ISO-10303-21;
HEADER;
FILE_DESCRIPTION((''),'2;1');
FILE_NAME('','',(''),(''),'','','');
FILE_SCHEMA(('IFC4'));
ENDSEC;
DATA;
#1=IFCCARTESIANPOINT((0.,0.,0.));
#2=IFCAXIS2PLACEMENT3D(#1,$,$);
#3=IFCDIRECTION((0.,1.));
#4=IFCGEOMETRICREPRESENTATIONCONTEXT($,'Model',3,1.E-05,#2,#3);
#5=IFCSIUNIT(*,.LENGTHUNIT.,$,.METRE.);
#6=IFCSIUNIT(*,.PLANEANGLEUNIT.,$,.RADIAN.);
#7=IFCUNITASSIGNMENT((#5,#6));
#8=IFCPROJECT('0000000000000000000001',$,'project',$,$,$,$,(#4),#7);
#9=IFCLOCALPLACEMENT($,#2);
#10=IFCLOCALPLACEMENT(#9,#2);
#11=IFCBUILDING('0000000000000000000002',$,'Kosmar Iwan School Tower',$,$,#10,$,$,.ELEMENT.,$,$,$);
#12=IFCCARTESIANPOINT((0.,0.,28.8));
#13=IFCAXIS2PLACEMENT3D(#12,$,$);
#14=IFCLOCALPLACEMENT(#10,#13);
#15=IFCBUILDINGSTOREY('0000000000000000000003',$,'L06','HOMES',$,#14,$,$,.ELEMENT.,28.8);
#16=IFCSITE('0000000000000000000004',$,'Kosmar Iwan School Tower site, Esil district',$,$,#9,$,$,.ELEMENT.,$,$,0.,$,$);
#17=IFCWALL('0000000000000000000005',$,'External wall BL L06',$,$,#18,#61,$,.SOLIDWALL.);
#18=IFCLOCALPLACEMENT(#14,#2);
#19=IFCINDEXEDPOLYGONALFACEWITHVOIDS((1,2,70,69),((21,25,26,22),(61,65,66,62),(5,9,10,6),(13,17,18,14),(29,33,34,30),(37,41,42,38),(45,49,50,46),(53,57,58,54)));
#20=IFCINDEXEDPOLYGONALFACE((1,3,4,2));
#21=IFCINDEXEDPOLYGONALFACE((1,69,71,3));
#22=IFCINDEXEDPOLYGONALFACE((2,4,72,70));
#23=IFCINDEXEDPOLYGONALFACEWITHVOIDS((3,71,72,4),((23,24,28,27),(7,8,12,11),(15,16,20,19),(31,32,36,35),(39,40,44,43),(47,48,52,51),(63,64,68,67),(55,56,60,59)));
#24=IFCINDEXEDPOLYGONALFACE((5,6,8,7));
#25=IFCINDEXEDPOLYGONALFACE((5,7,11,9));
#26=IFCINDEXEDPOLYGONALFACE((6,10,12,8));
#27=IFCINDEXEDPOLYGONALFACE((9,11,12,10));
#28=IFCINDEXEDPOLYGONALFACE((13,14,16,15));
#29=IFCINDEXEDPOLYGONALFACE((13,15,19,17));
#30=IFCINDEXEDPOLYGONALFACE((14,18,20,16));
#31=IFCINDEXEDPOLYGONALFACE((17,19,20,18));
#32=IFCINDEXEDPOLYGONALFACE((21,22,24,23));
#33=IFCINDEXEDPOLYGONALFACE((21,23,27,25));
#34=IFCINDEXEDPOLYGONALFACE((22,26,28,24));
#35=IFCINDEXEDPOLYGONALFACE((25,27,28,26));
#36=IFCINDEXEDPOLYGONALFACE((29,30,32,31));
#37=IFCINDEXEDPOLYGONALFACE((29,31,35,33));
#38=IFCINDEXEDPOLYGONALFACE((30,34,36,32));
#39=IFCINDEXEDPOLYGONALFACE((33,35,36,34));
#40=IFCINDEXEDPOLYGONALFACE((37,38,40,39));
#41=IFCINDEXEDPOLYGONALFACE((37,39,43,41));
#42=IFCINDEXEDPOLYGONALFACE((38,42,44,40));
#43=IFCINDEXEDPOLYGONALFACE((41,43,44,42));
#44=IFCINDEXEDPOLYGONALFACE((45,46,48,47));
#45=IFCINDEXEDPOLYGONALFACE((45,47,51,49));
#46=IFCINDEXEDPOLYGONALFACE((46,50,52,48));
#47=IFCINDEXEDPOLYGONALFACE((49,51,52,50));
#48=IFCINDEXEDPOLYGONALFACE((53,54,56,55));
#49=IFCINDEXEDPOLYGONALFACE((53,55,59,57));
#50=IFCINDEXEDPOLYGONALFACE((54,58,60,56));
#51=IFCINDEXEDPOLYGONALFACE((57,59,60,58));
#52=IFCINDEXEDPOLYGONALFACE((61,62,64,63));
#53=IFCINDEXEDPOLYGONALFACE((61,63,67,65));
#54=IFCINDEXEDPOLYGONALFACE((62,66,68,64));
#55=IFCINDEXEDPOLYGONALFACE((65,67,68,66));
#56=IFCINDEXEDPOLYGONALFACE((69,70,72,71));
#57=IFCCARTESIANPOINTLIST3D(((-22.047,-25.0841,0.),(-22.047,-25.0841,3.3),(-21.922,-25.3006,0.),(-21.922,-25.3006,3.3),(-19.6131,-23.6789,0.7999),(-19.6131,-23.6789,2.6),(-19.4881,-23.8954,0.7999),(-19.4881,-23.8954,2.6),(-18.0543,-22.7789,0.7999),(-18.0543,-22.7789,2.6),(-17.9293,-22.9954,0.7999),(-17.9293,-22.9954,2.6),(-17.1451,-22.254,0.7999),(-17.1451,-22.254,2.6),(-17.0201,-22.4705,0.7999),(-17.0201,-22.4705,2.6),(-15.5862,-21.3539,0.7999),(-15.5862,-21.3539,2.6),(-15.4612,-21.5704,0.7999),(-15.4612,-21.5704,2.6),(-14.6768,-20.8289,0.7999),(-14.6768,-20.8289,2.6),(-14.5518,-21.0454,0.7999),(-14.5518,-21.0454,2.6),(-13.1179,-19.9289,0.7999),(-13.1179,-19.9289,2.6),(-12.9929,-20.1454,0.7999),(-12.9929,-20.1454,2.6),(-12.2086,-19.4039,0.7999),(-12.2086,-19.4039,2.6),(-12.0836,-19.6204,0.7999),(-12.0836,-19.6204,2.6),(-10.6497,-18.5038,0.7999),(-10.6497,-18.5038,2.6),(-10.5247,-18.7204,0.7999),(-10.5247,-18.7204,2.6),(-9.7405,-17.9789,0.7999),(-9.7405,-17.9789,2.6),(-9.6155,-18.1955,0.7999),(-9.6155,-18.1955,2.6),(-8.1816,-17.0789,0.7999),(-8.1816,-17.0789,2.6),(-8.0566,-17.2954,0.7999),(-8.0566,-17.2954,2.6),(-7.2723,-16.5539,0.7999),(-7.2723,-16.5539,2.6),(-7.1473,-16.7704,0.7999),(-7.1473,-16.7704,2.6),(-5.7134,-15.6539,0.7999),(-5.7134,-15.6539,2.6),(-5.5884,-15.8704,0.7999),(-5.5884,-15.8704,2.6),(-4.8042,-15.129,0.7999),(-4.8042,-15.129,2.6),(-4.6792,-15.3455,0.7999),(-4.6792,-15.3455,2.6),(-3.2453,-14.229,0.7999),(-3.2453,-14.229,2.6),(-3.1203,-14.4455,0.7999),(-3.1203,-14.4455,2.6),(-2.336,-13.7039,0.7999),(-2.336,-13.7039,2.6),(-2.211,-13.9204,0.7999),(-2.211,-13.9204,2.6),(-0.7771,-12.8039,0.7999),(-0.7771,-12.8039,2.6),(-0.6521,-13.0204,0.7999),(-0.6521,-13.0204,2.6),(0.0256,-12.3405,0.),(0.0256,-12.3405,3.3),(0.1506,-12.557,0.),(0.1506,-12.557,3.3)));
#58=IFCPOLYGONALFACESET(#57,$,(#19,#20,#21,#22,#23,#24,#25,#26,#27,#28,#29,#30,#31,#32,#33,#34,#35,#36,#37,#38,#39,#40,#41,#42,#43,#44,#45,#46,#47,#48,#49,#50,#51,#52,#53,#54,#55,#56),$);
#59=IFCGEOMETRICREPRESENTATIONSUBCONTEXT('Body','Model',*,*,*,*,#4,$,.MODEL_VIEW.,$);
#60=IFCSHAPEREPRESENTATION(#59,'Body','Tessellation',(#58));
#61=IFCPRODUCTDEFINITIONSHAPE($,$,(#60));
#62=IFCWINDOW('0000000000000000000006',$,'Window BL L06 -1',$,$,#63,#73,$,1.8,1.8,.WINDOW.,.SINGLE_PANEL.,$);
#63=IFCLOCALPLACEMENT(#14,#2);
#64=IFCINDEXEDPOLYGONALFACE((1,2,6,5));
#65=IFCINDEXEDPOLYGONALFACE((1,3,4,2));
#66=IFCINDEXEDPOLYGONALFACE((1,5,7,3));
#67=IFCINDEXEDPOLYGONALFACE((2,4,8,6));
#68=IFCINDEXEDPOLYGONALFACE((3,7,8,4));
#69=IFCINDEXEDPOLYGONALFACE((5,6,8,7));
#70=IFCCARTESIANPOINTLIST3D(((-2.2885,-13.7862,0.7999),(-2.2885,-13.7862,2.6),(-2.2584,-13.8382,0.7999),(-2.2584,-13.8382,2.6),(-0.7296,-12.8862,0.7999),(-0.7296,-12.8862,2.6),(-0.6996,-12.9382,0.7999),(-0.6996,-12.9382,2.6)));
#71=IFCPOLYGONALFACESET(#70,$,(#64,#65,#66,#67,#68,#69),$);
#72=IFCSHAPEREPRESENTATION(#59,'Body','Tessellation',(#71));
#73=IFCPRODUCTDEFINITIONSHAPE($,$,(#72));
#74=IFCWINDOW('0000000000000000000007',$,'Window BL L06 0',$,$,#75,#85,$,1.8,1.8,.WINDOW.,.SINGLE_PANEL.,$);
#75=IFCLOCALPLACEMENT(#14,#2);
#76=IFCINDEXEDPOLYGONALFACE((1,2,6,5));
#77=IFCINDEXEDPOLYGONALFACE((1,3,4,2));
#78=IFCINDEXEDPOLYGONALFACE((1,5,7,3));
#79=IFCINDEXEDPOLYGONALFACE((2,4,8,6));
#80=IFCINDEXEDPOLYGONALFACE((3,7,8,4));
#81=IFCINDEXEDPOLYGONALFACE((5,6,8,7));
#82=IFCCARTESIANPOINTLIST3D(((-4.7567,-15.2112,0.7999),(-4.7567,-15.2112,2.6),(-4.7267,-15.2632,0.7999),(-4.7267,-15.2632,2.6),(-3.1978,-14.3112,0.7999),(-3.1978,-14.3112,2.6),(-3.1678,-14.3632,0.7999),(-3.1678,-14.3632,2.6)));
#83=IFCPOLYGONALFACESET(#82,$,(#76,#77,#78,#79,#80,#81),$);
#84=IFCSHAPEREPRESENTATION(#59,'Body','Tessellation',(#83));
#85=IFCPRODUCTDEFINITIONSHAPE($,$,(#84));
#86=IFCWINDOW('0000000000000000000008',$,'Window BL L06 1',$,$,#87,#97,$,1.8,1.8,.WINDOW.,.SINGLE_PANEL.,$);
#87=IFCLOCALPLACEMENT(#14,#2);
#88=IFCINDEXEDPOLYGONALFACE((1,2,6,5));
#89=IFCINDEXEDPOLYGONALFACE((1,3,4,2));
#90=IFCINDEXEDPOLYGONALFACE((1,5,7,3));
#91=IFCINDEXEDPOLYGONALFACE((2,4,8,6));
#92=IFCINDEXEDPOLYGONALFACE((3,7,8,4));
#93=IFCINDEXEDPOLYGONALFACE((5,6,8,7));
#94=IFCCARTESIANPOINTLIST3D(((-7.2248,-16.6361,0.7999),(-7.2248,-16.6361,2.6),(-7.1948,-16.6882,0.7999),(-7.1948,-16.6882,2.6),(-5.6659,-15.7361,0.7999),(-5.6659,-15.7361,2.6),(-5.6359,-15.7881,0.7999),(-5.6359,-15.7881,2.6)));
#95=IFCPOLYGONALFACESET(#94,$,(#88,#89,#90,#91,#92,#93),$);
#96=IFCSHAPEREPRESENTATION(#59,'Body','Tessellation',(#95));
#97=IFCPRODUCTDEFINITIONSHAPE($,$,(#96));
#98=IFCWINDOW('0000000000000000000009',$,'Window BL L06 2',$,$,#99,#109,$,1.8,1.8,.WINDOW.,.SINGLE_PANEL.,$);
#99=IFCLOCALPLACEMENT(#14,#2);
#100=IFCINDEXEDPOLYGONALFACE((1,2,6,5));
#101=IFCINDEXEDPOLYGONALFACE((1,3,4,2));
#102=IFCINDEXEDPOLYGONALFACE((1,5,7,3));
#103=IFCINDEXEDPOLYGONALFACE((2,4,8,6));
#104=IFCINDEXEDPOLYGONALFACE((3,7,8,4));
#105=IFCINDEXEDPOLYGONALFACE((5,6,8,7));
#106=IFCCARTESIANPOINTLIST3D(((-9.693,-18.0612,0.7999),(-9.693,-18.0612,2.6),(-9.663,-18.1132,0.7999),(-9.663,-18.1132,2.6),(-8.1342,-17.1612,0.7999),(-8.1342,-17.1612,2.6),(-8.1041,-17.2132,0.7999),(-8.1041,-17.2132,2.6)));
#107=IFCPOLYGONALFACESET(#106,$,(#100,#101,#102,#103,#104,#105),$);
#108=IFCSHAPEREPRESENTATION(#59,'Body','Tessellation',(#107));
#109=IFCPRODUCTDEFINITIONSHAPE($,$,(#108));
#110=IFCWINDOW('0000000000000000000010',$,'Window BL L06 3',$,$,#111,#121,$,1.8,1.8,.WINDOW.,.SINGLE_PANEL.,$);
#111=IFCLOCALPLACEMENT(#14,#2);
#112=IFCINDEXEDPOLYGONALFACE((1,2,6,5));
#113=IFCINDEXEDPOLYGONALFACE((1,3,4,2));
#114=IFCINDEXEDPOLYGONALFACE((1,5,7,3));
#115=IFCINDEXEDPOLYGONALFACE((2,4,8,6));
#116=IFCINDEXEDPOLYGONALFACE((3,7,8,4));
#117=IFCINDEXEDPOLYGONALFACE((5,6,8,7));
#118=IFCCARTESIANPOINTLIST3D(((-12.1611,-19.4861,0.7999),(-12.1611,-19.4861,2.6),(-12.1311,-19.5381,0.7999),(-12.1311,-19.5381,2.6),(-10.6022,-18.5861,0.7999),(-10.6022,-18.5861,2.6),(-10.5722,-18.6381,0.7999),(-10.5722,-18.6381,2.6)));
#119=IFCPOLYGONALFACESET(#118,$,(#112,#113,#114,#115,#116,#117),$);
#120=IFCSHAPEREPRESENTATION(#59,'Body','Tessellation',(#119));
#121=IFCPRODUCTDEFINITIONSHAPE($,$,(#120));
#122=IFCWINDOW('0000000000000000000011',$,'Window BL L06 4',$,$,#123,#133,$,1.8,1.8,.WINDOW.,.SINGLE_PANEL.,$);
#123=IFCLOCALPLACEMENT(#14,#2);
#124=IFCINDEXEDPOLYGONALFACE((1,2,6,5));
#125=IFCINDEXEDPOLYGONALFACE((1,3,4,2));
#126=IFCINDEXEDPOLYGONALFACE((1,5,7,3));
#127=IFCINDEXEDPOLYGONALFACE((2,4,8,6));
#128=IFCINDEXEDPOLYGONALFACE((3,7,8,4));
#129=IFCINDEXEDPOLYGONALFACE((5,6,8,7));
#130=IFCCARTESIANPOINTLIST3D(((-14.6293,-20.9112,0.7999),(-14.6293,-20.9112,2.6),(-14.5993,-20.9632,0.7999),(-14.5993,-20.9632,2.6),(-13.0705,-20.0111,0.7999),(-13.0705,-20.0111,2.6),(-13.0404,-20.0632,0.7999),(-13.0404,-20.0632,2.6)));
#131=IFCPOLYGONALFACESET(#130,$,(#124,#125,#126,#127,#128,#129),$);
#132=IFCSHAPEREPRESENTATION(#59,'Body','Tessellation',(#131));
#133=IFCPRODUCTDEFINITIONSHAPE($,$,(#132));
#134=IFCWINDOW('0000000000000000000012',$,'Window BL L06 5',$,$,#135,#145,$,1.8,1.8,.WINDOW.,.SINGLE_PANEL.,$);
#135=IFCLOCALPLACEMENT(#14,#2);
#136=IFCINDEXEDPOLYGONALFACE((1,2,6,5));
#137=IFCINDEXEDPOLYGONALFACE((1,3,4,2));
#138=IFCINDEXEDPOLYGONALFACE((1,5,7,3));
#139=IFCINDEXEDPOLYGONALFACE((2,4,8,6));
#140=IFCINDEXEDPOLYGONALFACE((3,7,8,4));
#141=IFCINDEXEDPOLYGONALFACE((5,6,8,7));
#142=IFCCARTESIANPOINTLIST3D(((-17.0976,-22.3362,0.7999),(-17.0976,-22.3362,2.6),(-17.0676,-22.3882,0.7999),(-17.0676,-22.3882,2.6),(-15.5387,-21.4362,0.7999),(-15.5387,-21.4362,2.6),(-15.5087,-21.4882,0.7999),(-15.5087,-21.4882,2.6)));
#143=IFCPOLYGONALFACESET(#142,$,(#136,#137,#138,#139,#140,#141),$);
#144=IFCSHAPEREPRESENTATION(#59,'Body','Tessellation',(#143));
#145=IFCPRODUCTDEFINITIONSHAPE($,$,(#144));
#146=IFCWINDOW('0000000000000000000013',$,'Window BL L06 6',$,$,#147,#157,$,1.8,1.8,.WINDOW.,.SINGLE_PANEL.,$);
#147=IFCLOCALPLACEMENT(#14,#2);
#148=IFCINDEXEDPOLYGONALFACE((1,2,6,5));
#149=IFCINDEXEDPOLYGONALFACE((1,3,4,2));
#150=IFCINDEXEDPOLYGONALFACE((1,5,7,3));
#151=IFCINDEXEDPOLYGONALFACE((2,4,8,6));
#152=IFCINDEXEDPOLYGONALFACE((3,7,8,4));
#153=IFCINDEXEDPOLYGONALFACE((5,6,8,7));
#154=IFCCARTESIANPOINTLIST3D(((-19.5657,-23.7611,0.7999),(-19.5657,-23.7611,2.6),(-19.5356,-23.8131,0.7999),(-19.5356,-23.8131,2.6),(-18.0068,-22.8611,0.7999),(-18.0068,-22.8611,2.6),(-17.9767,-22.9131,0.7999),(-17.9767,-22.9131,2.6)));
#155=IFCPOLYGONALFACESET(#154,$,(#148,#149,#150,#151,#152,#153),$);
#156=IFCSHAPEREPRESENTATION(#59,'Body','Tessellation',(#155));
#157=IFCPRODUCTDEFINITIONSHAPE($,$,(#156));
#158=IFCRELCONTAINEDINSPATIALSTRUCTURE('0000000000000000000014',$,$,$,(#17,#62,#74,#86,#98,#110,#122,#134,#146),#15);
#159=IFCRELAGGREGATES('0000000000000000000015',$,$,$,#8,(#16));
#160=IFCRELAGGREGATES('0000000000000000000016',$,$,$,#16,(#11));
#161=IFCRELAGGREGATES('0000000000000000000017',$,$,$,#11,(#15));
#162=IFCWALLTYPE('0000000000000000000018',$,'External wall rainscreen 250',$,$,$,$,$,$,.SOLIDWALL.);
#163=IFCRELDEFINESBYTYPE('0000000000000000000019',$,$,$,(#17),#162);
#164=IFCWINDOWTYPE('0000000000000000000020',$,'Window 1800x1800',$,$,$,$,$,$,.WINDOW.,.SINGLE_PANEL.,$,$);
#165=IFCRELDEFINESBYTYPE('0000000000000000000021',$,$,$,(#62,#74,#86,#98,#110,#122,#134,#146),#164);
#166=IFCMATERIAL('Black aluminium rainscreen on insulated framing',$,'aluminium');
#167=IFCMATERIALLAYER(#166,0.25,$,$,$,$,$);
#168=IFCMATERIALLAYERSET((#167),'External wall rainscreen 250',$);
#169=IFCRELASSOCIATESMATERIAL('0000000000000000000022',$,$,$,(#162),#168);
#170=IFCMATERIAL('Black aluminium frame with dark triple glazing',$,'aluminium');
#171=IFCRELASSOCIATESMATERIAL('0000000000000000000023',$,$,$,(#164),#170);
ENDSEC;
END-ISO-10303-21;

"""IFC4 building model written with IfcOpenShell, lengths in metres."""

from ifc_helpers import new_model, si_unit, direction, frame, frame_2d, origin, place, context, subcontext, project, spatial, rectangle, extrude, material, layer, layer_set, type_object, element, fill, save


model = new_model("IFC4")

# Units and contexts
model_context = context("Model", 3, precision=1e-05, world=origin(), true_north=direction((0.0, 1.0)))
body_context = subcontext(model_context, "Body", "Model", "MODEL_VIEW")
ifc_project = project(units=[si_unit("LENGTHUNIT", "METRE"), si_unit("PLANEANGLEUNIT", "RADIAN")], contexts=[model_context])

# Site, building, storey
site_placement = place(None, origin())
site = spatial("IfcSite", under=ifc_project, at=site_placement, Name="Kosmar Iwan School Tower site, Esil district", CompositionType="ELEMENT", RefElevation=0.0)
building_placement = place(site_placement, origin())
building = spatial("IfcBuilding", under=site, at=building_placement, Name="Kosmar Iwan School Tower", CompositionType="ELEMENT")
storey_placement = place(building_placement, frame((0.0, 0.0, 28.8)))
storey = spatial("IfcBuildingStorey", under=building, at=storey_placement, Name="L06", Description="HOMES", CompositionType="ELEMENT", Elevation=28.8)

# Wall, openings, windows
ifc_material_1 = material(Name="Black aluminium rainscreen on insulated framing", Category="aluminium")
ifc_layer = layer(ifc_material_1, 0.25)
ifc_layer_set = layer_set([ifc_layer], Name="External wall rainscreen 250")
wall_type = type_object("IfcWallType", Name="External wall rainscreen 250", PredefinedType="SOLIDWALL", material=ifc_layer_set)
wall_placement = place(storey_placement, frame((0.0881, -12.4487, 0.0), z_axis=(0.0, 0.0, 1.0), x_axis=(-0.866026, -0.499998, 0.0)))
wall = element("IfcWall", 1, at=wall_placement, inside=storey, type_object=wall_type, Name="External wall BL L06", PredefinedType="SOLIDWALL", context=body_context, shape_type="SweptSolid", body=[
    extrude(rectangle(XDim=25.4873, YDim=0.25, at=frame_2d((12.7437, 0.0))), origin(), (0.0, 0.0, 1.0), 3.3),
])
opening_1_placement = place(wall_placement, frame((0.927, 0.0, 0.8)))
opening_1 = element("IfcOpeningElement", 2, at=opening_1_placement, cuts=wall, PredefinedType="OPENING", context=body_context, shape_type="SweptSolid", body=[
    extrude(rectangle(XDim=1.8, YDim=1.8, at=frame_2d((0.8999, 0.8999))), frame((0.0, 0.137, 0.0), z_axis=(0.0, -1.0, 0.0), x_axis=(1.0, 0.0, 0.0)), (0.0, 0.0, 1.0), 0.2739),
])
opening_2_placement = place(wall_placement, frame((3.7771, 0.0, 0.8)))
opening_2 = element("IfcOpeningElement", 3, at=opening_2_placement, cuts=wall, PredefinedType="OPENING", context=body_context, shape_type="SweptSolid", body=[
    extrude(rectangle(XDim=1.8, YDim=1.8, at=frame_2d((0.8999, 0.8999))), frame((0.0, 0.137, 0.0), z_axis=(0.0, -1.0, 0.0), x_axis=(1.0, 0.0, 0.0)), (0.0, 0.0, 1.0), 0.2739),
])
opening_3_placement = place(wall_placement, frame((6.627, 0.0, 0.8)))
opening_3 = element("IfcOpeningElement", 4, at=opening_3_placement, cuts=wall, PredefinedType="OPENING", context=body_context, shape_type="SweptSolid", body=[
    extrude(rectangle(XDim=1.8, YDim=1.8, at=frame_2d((0.8999, 0.8999))), frame((0.0, 0.137, 0.0), z_axis=(0.0, -1.0, 0.0), x_axis=(1.0, 0.0, 0.0)), (0.0, 0.0, 1.0), 0.2739),
])
opening_4_placement = place(wall_placement, frame((9.4771, 0.0, 0.8)))
opening_4 = element("IfcOpeningElement", 5, at=opening_4_placement, cuts=wall, PredefinedType="OPENING", context=body_context, shape_type="SweptSolid", body=[
    extrude(rectangle(XDim=1.8, YDim=1.8, at=frame_2d((0.8999, 0.8999))), frame((0.0, 0.137, 0.0), z_axis=(0.0, -1.0, 0.0), x_axis=(1.0, 0.0, 0.0)), (0.0, 0.0, 1.0), 0.2739),
])
opening_5_placement = place(wall_placement, frame((12.3269, 0.0, 0.8)))
opening_5 = element("IfcOpeningElement", 6, at=opening_5_placement, cuts=wall, PredefinedType="OPENING", context=body_context, shape_type="SweptSolid", body=[
    extrude(rectangle(XDim=1.8, YDim=1.8, at=frame_2d((0.8999, 0.8999))), frame((0.0, 0.137, 0.0), z_axis=(0.0, -1.0, 0.0), x_axis=(1.0, 0.0, 0.0)), (0.0, 0.0, 1.0), 0.2739),
])
opening_6_placement = place(wall_placement, frame((15.177, 0.0, 0.8)))
opening_6 = element("IfcOpeningElement", 7, at=opening_6_placement, cuts=wall, PredefinedType="OPENING", context=body_context, shape_type="SweptSolid", body=[
    extrude(rectangle(XDim=1.8, YDim=1.8, at=frame_2d((0.8999, 0.8999))), frame((0.0, 0.137, 0.0), z_axis=(0.0, -1.0, 0.0), x_axis=(1.0, 0.0, 0.0)), (0.0, 0.0, 1.0), 0.2739),
])
opening_7_placement = place(wall_placement, frame((18.0271, 0.0, 0.8)))
opening_7 = element("IfcOpeningElement", 8, at=opening_7_placement, cuts=wall, PredefinedType="OPENING", context=body_context, shape_type="SweptSolid", body=[
    extrude(rectangle(XDim=1.8, YDim=1.8, at=frame_2d((0.8999, 0.8999))), frame((0.0, 0.137, 0.0), z_axis=(0.0, -1.0, 0.0), x_axis=(1.0, 0.0, 0.0)), (0.0, 0.0, 1.0), 0.2739),
])
opening_8_placement = place(wall_placement, frame((20.877, 0.0, 0.8)))
opening_8 = element("IfcOpeningElement", 9, at=opening_8_placement, cuts=wall, PredefinedType="OPENING", context=body_context, shape_type="SweptSolid", body=[
    extrude(rectangle(XDim=1.8, YDim=1.8, at=frame_2d((0.8999, 0.8999))), frame((0.0, 0.137, 0.0), z_axis=(0.0, -1.0, 0.0), x_axis=(1.0, 0.0, 0.0)), (0.0, 0.0, 1.0), 0.2739),
])
ifc_material_2 = material(Name="Black aluminium frame with dark triple glazing", Category="aluminium")
window_type = type_object("IfcWindowType", Name="Window 1800x1800", PartitioningType="SINGLE_PANEL", PredefinedType="WINDOW", material=ifc_material_2)
window_1_placement = place(opening_1_placement, origin())
window_1 = element("IfcWindow", 10, at=window_1_placement, inside=storey, type_object=window_type, Name="Window BL L06 -1", OverallHeight=1.8, OverallWidth=1.8, PartitioningType="SINGLE_PANEL", PredefinedType="WINDOW", context=body_context, shape_type="SweptSolid", body=[
    extrude(rectangle(XDim=1.8, YDim=1.8, at=frame_2d((0.8999, 0.8999))), frame((0.0, 0.03, 0.0), z_axis=(0.0, -1.0, 0.0), x_axis=(1.0, 0.0, 0.0)), (0.0, 0.0, 1.0), 0.0601),
])
fill(opening_1, window_1)
window_2_placement = place(opening_2_placement, origin())
window_2 = element("IfcWindow", 11, at=window_2_placement, inside=storey, type_object=window_type, Name="Window BL L06 0", OverallHeight=1.8, OverallWidth=1.8, PartitioningType="SINGLE_PANEL", PredefinedType="WINDOW", context=body_context, shape_type="SweptSolid", body=[
    extrude(rectangle(XDim=1.8, YDim=1.8, at=frame_2d((0.8999, 0.8999))), frame((0.0, 0.03, 0.0), z_axis=(0.0, -1.0, 0.0), x_axis=(1.0, 0.0, 0.0)), (0.0, 0.0, 1.0), 0.0601),
])
fill(opening_2, window_2)
window_3_placement = place(opening_3_placement, origin())
window_3 = element("IfcWindow", 12, at=window_3_placement, inside=storey, type_object=window_type, Name="Window BL L06 1", OverallHeight=1.8, OverallWidth=1.8, PartitioningType="SINGLE_PANEL", PredefinedType="WINDOW", context=body_context, shape_type="SweptSolid", body=[
    extrude(rectangle(XDim=1.8, YDim=1.8, at=frame_2d((0.8999, 0.8999))), frame((0.0, 0.03, 0.0), z_axis=(0.0, -1.0, 0.0), x_axis=(1.0, 0.0, 0.0)), (0.0, 0.0, 1.0), 0.0601),
])
fill(opening_3, window_3)
window_4_placement = place(opening_4_placement, origin())
window_4 = element("IfcWindow", 13, at=window_4_placement, inside=storey, type_object=window_type, Name="Window BL L06 2", OverallHeight=1.8, OverallWidth=1.8, PartitioningType="SINGLE_PANEL", PredefinedType="WINDOW", context=body_context, shape_type="SweptSolid", body=[
    extrude(rectangle(XDim=1.8, YDim=1.8, at=frame_2d((0.8999, 0.8999))), frame((0.0, 0.03, 0.0), z_axis=(0.0, -1.0, 0.0), x_axis=(1.0, 0.0, 0.0)), (0.0, 0.0, 1.0), 0.0601),
])
fill(opening_4, window_4)
window_5_placement = place(opening_5_placement, origin())
window_5 = element("IfcWindow", 14, at=window_5_placement, inside=storey, type_object=window_type, Name="Window BL L06 3", OverallHeight=1.8, OverallWidth=1.8, PartitioningType="SINGLE_PANEL", PredefinedType="WINDOW", context=body_context, shape_type="SweptSolid", body=[
    extrude(rectangle(XDim=1.8, YDim=1.8, at=frame_2d((0.8999, 0.8999))), frame((0.0, 0.03, 0.0), z_axis=(0.0, -1.0, 0.0), x_axis=(1.0, 0.0, 0.0)), (0.0, 0.0, 1.0), 0.0601),
])
fill(opening_5, window_5)
window_6_placement = place(opening_6_placement, origin())
window_6 = element("IfcWindow", 15, at=window_6_placement, inside=storey, type_object=window_type, Name="Window BL L06 4", OverallHeight=1.8, OverallWidth=1.8, PartitioningType="SINGLE_PANEL", PredefinedType="WINDOW", context=body_context, shape_type="SweptSolid", body=[
    extrude(rectangle(XDim=1.8, YDim=1.8, at=frame_2d((0.8999, 0.8999))), frame((0.0, 0.03, 0.0), z_axis=(0.0, -1.0, 0.0), x_axis=(1.0, 0.0, 0.0)), (0.0, 0.0, 1.0), 0.0601),
])
fill(opening_6, window_6)
window_7_placement = place(opening_7_placement, origin())
window_7 = element("IfcWindow", 16, at=window_7_placement, inside=storey, type_object=window_type, Name="Window BL L06 5", OverallHeight=1.8, OverallWidth=1.8, PartitioningType="SINGLE_PANEL", PredefinedType="WINDOW", context=body_context, shape_type="SweptSolid", body=[
    extrude(rectangle(XDim=1.8, YDim=1.8, at=frame_2d((0.8999, 0.8999))), frame((0.0, 0.03, 0.0), z_axis=(0.0, -1.0, 0.0), x_axis=(1.0, 0.0, 0.0)), (0.0, 0.0, 1.0), 0.0601),
])
fill(opening_7, window_7)
window_8_placement = place(opening_8_placement, origin())
window_8 = element("IfcWindow", 17, at=window_8_placement, inside=storey, type_object=window_type, Name="Window BL L06 6", OverallHeight=1.8, OverallWidth=1.8, PartitioningType="SINGLE_PANEL", PredefinedType="WINDOW", context=body_context, shape_type="SweptSolid", body=[
    extrude(rectangle(XDim=1.8, YDim=1.8, at=frame_2d((0.8999, 0.8999))), frame((0.0, 0.03, 0.0), z_axis=(0.0, -1.0, 0.0), x_axis=(1.0, 0.0, 0.0)), (0.0, 0.0, 1.0), 0.0601),
])
fill(opening_8, window_8)

save(model, "model.ifc")
